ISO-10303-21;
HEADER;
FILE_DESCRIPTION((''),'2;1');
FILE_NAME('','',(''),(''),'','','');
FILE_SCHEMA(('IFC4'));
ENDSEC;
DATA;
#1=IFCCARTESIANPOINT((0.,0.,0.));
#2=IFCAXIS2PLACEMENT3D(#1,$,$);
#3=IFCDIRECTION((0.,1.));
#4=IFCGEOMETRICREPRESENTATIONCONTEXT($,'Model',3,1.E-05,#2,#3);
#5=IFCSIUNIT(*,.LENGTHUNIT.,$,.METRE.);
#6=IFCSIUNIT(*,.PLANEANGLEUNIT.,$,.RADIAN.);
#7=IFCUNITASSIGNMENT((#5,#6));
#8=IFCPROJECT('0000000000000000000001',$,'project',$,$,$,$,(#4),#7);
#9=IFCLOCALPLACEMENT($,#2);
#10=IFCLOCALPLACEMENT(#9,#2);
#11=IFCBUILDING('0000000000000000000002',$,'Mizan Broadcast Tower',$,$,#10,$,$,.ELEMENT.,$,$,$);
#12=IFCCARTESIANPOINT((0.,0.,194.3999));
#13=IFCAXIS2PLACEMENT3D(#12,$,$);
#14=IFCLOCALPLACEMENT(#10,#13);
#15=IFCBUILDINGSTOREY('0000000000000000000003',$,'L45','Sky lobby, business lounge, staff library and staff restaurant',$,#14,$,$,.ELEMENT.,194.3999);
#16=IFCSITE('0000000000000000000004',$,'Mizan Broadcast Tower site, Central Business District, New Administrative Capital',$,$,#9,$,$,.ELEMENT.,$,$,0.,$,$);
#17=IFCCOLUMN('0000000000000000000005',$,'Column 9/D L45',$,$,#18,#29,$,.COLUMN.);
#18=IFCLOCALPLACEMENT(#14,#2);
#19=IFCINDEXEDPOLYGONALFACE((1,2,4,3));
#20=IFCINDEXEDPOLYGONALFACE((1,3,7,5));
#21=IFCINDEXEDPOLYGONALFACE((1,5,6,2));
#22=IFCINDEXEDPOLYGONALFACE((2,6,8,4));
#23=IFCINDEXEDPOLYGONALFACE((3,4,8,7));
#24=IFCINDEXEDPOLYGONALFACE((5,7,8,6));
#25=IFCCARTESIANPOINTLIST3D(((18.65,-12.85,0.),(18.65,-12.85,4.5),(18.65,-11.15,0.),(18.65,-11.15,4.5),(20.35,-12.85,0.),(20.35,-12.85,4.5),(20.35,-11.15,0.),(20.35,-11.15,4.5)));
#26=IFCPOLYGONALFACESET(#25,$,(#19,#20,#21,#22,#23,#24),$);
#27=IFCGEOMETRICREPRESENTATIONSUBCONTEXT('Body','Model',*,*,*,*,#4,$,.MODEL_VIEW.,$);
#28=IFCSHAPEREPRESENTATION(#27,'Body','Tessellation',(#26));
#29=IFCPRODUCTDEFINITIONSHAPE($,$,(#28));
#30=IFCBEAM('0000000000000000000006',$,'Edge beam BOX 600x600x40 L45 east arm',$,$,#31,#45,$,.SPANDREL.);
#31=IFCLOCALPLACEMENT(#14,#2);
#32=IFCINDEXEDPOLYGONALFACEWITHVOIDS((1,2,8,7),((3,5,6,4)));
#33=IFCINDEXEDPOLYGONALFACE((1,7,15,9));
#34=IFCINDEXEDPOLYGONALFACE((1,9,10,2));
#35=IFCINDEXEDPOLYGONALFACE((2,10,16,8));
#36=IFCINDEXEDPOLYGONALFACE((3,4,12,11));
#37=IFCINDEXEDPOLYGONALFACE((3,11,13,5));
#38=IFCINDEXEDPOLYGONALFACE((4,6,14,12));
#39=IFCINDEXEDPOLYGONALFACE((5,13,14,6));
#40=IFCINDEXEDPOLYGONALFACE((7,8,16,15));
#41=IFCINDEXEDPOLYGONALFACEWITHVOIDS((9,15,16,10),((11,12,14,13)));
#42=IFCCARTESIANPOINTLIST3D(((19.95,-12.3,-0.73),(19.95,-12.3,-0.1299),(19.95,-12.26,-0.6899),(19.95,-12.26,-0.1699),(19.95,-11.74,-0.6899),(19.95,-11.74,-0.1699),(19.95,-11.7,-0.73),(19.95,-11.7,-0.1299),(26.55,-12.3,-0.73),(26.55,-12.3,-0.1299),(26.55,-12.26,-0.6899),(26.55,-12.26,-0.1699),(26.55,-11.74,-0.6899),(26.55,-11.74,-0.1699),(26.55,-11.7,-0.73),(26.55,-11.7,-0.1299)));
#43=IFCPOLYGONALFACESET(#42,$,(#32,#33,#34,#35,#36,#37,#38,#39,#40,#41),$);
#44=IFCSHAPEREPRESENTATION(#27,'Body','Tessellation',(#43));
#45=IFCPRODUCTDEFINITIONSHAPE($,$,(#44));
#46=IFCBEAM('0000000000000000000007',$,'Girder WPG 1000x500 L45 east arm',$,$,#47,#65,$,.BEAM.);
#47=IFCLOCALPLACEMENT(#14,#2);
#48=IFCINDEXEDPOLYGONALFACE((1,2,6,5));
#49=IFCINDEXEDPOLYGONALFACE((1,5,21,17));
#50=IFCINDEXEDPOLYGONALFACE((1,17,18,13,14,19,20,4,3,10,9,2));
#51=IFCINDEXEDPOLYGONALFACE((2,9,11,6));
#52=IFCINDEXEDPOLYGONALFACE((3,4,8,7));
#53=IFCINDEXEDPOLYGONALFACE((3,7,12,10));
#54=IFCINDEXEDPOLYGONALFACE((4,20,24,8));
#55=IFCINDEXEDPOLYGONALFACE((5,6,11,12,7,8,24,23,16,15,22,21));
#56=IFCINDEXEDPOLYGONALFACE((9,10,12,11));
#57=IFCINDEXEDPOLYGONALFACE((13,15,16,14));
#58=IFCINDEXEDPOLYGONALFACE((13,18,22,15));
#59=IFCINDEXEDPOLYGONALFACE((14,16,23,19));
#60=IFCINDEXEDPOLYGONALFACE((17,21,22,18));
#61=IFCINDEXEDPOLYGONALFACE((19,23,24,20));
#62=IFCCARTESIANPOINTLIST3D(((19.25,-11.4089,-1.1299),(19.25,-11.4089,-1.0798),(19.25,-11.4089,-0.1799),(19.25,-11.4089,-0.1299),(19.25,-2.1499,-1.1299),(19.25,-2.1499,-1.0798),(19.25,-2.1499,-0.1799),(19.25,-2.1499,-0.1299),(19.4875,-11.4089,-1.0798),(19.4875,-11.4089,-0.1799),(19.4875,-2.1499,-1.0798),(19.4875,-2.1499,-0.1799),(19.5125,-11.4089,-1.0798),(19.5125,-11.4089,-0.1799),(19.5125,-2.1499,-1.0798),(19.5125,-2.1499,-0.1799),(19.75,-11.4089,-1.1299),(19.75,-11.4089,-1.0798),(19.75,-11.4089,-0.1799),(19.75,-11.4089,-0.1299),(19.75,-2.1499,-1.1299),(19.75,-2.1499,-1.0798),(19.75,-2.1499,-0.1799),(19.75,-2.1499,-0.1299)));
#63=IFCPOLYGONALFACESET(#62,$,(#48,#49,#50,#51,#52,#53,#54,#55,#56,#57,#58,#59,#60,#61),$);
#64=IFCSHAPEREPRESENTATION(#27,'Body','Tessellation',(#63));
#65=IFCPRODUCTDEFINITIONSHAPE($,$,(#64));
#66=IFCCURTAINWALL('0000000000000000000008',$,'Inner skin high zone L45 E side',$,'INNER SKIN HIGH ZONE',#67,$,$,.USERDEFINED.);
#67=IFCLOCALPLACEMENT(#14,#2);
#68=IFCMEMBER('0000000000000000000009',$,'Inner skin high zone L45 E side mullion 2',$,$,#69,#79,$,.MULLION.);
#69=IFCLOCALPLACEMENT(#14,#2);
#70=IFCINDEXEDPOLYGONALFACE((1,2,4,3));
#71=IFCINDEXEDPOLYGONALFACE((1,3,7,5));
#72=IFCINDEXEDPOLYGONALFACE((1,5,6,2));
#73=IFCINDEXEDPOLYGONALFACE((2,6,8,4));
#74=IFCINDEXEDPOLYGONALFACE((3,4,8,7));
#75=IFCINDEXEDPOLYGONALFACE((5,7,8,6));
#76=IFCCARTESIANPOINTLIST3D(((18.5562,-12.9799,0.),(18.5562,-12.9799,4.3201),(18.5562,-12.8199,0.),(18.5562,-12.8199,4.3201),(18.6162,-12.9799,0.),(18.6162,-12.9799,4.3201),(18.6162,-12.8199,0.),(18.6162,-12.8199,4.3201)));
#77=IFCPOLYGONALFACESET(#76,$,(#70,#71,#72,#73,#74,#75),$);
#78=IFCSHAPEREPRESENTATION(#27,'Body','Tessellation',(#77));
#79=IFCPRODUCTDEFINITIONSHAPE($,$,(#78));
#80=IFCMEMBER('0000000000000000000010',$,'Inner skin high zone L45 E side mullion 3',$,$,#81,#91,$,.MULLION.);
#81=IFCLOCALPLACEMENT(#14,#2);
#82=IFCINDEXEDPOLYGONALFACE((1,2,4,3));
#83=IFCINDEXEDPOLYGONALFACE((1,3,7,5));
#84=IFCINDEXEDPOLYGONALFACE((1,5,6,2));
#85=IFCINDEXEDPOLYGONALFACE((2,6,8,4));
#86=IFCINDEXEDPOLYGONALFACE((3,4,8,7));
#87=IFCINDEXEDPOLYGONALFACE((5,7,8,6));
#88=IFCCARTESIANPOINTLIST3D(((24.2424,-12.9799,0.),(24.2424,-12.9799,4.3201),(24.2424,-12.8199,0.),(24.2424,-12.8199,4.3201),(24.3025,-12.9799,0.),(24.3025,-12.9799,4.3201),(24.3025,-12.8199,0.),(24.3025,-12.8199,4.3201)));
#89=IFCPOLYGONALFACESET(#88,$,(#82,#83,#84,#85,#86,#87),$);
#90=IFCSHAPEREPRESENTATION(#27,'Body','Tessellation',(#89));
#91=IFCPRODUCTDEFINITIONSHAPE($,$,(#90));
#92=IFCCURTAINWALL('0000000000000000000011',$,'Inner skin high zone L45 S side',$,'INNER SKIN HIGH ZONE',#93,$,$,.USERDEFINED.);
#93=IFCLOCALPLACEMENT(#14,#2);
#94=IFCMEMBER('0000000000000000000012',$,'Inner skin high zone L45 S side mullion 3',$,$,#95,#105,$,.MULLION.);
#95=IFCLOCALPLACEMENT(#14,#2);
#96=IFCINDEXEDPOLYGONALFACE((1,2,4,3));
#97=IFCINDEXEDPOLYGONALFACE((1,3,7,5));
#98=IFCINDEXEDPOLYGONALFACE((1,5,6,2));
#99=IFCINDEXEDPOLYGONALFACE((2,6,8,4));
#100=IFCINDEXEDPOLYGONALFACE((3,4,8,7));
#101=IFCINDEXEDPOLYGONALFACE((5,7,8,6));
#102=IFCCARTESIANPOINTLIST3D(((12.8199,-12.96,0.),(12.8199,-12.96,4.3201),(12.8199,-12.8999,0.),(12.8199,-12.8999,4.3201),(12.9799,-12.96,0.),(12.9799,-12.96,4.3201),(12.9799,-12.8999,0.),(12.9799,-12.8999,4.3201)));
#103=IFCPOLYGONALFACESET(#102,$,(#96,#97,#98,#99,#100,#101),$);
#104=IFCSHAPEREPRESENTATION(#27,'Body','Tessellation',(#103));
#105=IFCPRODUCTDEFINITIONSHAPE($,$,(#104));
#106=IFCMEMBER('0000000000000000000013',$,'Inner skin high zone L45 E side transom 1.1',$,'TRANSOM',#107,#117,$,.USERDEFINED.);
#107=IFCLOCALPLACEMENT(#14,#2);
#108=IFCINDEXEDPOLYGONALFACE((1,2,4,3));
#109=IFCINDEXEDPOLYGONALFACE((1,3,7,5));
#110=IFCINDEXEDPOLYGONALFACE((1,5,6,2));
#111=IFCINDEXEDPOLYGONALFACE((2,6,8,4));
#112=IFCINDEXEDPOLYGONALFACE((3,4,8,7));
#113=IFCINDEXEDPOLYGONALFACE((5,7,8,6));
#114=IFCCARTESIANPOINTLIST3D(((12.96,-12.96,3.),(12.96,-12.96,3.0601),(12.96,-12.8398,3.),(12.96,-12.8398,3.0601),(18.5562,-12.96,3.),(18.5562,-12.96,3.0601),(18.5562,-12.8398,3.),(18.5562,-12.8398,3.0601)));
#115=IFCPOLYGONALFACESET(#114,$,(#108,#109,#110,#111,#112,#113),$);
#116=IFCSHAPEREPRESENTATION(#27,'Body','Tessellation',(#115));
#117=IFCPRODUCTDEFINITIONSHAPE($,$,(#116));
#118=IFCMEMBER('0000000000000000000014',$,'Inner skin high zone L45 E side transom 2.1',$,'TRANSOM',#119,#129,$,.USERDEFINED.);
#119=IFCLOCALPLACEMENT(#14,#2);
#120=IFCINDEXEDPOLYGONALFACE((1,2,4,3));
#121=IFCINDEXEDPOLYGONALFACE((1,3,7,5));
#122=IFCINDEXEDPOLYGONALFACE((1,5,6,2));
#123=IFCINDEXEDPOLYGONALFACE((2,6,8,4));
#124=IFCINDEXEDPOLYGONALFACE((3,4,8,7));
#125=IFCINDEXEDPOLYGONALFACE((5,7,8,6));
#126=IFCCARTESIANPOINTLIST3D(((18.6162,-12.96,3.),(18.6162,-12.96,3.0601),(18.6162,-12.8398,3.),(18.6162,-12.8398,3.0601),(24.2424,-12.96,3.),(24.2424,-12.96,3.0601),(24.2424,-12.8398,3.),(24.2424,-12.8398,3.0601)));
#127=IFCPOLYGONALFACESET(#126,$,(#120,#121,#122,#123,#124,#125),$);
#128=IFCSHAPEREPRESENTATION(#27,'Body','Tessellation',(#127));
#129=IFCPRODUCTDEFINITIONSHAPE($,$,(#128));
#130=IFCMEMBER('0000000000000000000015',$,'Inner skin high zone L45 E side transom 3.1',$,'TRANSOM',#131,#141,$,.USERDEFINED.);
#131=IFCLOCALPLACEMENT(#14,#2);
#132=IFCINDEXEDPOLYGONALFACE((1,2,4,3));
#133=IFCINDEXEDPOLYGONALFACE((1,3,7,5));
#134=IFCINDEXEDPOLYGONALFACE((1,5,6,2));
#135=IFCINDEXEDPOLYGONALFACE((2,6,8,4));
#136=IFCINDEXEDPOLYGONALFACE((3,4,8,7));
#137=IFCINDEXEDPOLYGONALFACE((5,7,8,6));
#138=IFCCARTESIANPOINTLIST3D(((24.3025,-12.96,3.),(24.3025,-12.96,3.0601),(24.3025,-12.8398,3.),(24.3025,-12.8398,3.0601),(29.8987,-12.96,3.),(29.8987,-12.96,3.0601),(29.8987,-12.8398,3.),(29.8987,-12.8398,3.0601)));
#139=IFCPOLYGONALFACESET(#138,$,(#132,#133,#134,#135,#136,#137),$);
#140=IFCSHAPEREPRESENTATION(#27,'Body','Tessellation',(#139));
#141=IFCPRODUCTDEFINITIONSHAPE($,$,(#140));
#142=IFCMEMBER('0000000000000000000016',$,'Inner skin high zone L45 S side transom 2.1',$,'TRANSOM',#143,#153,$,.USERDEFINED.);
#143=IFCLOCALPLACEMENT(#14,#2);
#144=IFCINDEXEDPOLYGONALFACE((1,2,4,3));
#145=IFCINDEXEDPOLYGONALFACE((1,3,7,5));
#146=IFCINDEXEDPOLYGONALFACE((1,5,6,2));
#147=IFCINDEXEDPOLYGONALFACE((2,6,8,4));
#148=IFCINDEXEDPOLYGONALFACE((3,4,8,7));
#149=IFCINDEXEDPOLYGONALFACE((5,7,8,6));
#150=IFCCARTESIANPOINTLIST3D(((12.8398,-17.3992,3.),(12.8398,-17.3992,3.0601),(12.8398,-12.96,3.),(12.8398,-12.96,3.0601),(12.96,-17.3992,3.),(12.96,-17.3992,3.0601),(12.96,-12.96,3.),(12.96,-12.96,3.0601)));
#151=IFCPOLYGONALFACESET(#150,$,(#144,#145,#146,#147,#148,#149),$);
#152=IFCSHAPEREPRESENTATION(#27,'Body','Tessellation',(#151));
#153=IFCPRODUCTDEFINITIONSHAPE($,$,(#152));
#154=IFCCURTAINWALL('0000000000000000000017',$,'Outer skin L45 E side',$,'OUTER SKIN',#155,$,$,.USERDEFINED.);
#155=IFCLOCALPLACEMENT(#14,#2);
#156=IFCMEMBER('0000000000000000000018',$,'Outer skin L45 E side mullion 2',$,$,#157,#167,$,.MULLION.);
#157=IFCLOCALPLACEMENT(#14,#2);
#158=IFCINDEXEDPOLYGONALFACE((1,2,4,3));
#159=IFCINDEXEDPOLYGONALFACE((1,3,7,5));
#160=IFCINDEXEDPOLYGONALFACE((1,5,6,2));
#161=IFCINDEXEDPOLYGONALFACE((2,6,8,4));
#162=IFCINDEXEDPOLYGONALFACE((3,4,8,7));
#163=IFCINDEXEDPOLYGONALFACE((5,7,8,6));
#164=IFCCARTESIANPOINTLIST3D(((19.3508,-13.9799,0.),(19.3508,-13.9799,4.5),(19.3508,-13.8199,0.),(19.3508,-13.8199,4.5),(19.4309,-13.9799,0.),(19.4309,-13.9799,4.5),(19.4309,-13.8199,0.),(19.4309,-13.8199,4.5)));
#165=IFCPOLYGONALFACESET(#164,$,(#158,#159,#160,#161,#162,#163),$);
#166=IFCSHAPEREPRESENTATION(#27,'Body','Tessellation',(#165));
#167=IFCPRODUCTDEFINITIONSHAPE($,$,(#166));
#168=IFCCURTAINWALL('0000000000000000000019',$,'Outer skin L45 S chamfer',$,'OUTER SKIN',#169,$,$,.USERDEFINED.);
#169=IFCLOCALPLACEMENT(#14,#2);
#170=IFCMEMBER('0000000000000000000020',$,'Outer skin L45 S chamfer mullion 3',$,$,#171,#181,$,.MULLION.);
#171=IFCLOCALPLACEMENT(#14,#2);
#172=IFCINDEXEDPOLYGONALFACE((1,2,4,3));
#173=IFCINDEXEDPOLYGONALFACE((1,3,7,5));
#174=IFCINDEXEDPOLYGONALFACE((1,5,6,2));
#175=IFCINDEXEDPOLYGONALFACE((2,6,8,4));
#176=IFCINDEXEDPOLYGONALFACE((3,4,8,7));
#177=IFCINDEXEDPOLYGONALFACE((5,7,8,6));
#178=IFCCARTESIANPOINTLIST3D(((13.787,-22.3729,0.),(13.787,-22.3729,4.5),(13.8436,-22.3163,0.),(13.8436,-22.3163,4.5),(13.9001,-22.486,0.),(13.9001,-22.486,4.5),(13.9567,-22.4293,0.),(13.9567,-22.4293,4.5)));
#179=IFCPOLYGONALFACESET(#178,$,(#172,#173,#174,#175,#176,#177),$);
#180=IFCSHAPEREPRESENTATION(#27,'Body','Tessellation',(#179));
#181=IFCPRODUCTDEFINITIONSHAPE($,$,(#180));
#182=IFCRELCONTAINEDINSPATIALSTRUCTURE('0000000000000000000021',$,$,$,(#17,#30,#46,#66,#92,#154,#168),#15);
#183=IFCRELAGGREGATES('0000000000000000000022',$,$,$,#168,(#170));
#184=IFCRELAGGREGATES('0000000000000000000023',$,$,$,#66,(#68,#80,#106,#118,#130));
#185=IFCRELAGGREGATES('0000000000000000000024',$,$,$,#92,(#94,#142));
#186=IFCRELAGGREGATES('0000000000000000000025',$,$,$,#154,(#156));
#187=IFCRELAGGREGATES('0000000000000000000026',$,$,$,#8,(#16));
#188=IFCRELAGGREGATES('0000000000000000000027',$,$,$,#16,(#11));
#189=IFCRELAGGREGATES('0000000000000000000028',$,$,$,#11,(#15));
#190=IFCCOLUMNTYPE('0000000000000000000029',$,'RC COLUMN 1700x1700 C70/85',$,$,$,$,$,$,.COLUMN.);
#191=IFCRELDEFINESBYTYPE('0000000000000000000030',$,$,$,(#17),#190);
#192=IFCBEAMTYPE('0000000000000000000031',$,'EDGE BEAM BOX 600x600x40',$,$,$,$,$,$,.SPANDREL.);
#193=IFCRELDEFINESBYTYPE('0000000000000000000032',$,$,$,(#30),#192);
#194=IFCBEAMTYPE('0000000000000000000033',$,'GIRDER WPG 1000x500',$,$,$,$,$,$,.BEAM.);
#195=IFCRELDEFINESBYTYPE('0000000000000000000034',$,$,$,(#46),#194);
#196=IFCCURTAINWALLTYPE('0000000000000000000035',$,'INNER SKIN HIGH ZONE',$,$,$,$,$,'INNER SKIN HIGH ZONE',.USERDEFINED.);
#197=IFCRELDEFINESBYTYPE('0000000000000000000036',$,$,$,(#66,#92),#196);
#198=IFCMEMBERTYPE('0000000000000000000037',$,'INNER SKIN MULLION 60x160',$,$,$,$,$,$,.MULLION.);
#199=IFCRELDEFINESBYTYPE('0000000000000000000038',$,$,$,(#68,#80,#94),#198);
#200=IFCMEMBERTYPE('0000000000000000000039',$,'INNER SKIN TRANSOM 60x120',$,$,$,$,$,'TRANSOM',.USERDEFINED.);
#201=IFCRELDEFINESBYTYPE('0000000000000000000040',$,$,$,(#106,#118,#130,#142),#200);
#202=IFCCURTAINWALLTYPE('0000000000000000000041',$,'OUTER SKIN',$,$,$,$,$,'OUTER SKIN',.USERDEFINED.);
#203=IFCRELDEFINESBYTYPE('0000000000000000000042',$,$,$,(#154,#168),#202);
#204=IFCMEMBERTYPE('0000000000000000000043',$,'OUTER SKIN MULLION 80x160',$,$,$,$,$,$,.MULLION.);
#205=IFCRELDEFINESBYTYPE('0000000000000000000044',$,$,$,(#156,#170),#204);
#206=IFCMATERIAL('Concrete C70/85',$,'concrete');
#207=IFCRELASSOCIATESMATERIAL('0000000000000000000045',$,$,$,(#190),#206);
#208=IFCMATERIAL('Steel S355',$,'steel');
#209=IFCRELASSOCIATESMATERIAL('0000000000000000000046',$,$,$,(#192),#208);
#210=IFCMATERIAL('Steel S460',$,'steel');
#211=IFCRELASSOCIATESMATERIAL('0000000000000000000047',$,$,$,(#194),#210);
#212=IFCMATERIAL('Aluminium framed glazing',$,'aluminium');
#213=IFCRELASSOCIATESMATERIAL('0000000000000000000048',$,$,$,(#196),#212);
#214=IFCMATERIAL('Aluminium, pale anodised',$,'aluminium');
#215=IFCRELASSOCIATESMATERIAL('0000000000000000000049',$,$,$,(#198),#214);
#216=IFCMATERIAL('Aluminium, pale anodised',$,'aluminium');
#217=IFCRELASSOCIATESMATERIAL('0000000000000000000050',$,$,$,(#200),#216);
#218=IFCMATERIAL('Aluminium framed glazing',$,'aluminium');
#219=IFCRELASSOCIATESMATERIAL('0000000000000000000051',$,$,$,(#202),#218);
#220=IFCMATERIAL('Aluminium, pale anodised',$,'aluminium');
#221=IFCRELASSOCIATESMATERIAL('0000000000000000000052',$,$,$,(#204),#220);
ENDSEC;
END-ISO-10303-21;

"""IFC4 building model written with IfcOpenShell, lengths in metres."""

from ifc_helpers import new_model, si_unit, direction, frame, origin, origin_2d, place, context, subcontext, project, spatial, rectangle, hollow_rectangle, i_section, extrude, material, material_profile, profile_set, type_object, element, aggregate, save


model = new_model("IFC4")

# Units and contexts
model_context = context("Model", 3, precision=1e-05, world=origin(), true_north=direction((0.0, 1.0)))
body_context = subcontext(model_context, "Body", "Model", "MODEL_VIEW")
ifc_project = project(units=[si_unit("LENGTHUNIT", "METRE"), si_unit("PLANEANGLEUNIT", "RADIAN")], contexts=[model_context])

# Site, building, storey
site_placement = place(None, origin())
site = spatial("IfcSite", under=ifc_project, at=site_placement, Name="Mizan Broadcast Tower site, Central Business District, New Administrative Capital", CompositionType="ELEMENT", RefElevation=0.0)
building_placement = place(site_placement, origin())
building = spatial("IfcBuilding", under=site, at=building_placement, Name="Mizan Broadcast Tower", CompositionType="ELEMENT")
storey_placement = place(building_placement, frame((0.0, 0.0, 194.3999)))
storey = spatial("IfcBuildingStorey", under=building, at=storey_placement, Name="L45", Description="Sky lobby, business lounge, staff library and staff restaurant", CompositionType="ELEMENT", Elevation=194.3999)

# Column
ifc_material_1 = material(Name="Concrete C70/85", Category="concrete")
ifc_material_profile_1 = material_profile(ifc_material_1, rectangle(XDim=1.7, YDim=1.7, at=origin_2d()), Name="RC 1700x1700")
ifc_profile_set_1 = profile_set([ifc_material_profile_1], Name="Concrete C70/85")
column_type = type_object("IfcColumnType", Name="RC COLUMN 1700x1700 C70/85", PredefinedType="COLUMN", material=ifc_profile_set_1)
column_placement = place(storey_placement, frame((19.5, -12.0, 0.0), z_axis=(0.0, 0.0, 1.0), x_axis=(1.0, 0.0, 0.0)))
element("IfcColumn", 1, at=column_placement, inside=storey, type_object=column_type, Name="Column 9/D L45", PredefinedType="COLUMN", context=body_context, shape_type="SweptSolid", body=[
    extrude(rectangle(XDim=1.7, YDim=1.7, at=origin_2d()), origin(), (0.0, 0.0, 1.0), 4.5),
])

# Beams
ifc_material_2 = material(Name="Steel S355", Category="steel")
ifc_material_profile_2 = material_profile(ifc_material_2, hollow_rectangle(XDim=0.6001, YDim=0.6001, WallThickness=0.04, at=origin_2d()), Name="BOX 600x600x40")
ifc_profile_set_2 = profile_set([ifc_material_profile_2], Name="Steel S355")
beam_type_1 = type_object("IfcBeamType", Name="EDGE BEAM BOX 600x600x40", PredefinedType="SPANDREL", material=ifc_profile_set_2)
beam_1_placement = place(storey_placement, frame((19.95, -12.0, -0.4299), z_axis=(1.0, 0.0, 0.0), x_axis=(0.0, 1.0, 0.0)))
element("IfcBeam", 2, at=beam_1_placement, inside=storey, type_object=beam_type_1, Name="Edge beam BOX 600x600x40 L45 east arm", PredefinedType="SPANDREL", context=body_context, shape_type="SweptSolid", body=[
    extrude(hollow_rectangle(XDim=0.6001, YDim=0.6001, WallThickness=0.04, at=origin_2d()), origin(), (0.0, 0.0, 1.0), 6.6001),
])
ifc_material_3 = material(Name="Steel S460", Category="steel")
ifc_material_profile_3 = material_profile(ifc_material_3, i_section(OverallWidth=0.5, OverallDepth=1.0, WebThickness=0.0249, FlangeThickness=0.05, at=origin_2d()), Name="WPG 1000x500")
ifc_profile_set_3 = profile_set([ifc_material_profile_3], Name="Steel S460")
beam_type_2 = type_object("IfcBeamType", Name="GIRDER WPG 1000x500", PredefinedType="BEAM", material=ifc_profile_set_3)
beam_2_placement = place(storey_placement, frame((19.5, -11.4089, -0.6299), z_axis=(0.0, 1.0, 0.0), x_axis=(-1.0, 0.0, 0.0)))
element("IfcBeam", 3, at=beam_2_placement, inside=storey, type_object=beam_type_2, Name="Girder WPG 1000x500 L45 east arm", PredefinedType="BEAM", context=body_context, shape_type="SweptSolid", body=[
    extrude(i_section(OverallWidth=0.5, OverallDepth=1.0, WebThickness=0.0249, FlangeThickness=0.05, at=origin_2d()), origin(), (0.0, 0.0, 1.0), 9.259),
])

# Curtain wall, members
ifc_material_4 = material(Name="Aluminium framed glazing", Category="aluminium")
curtain_wall_type_1 = type_object("IfcCurtainWallType", Name="INNER SKIN HIGH ZONE", ElementType="INNER SKIN HIGH ZONE", PredefinedType="USERDEFINED", material=ifc_material_4)
curtain_wall_1_placement = place(storey_placement, origin())
curtain_wall_1 = element("IfcCurtainWall", 4, at=curtain_wall_1_placement, inside=storey, type_object=curtain_wall_type_1, Name="Inner skin high zone L45 E side", ObjectType="INNER SKIN HIGH ZONE", PredefinedType="USERDEFINED")
ifc_material_5 = material(Name="Aluminium, pale anodised", Category="aluminium")
ifc_material_profile_4 = material_profile(ifc_material_5, rectangle(XDim=0.1599, YDim=0.0601, at=origin_2d()), Name="MULLION 160x60")
ifc_profile_set_4 = profile_set([ifc_material_profile_4], Name="Aluminium, pale anodised")
member_type_1 = type_object("IfcMemberType", Name="INNER SKIN MULLION 60x160", PredefinedType="MULLION", material=ifc_profile_set_4)
member_1_placement = place(storey_placement, frame((18.5862, -12.8999, 0.0), z_axis=(0.0, 0.0, 1.0), x_axis=(0.0, 1.0, 0.0)))
member_1 = element("IfcMember", 5, at=member_1_placement, type_object=member_type_1, Name="Inner skin high zone L45 E side mullion 2", PredefinedType="MULLION", context=body_context, shape_type="SweptSolid", body=[
    extrude(rectangle(XDim=0.1599, YDim=0.0601, at=origin_2d()), origin(), (0.0, 0.0, 1.0), 4.3201),
])
member_2_placement = place(storey_placement, frame((24.2725, -12.8999, 0.0), z_axis=(0.0, 0.0, 1.0), x_axis=(0.0, 1.0, 0.0)))
member_2 = element("IfcMember", 6, at=member_2_placement, type_object=member_type_1, Name="Inner skin high zone L45 E side mullion 3", PredefinedType="MULLION", context=body_context, shape_type="SweptSolid", body=[
    extrude(rectangle(XDim=0.1599, YDim=0.0601, at=origin_2d()), origin(), (0.0, 0.0, 1.0), 4.3201),
])

# Curtain wall, member
curtain_wall_2_placement = place(storey_placement, origin())
curtain_wall_2 = element("IfcCurtainWall", 7, at=curtain_wall_2_placement, inside=storey, type_object=curtain_wall_type_1, Name="Inner skin high zone L45 S side", ObjectType="INNER SKIN HIGH ZONE", PredefinedType="USERDEFINED")
member_3_placement = place(storey_placement, frame((12.8999, -12.9299, 0.0), z_axis=(0.0, 0.0, 1.0), x_axis=(-1.0, 0.0, 0.0)))
member_3 = element("IfcMember", 8, at=member_3_placement, type_object=member_type_1, Name="Inner skin high zone L45 S side mullion 3", PredefinedType="MULLION", context=body_context, shape_type="SweptSolid", body=[
    extrude(rectangle(XDim=0.1599, YDim=0.0601, at=origin_2d()), origin(), (0.0, 0.0, 1.0), 4.3201),
])

# Members
ifc_material_6 = material(Name="Aluminium, pale anodised", Category="aluminium")
ifc_material_profile_5 = material_profile(ifc_material_6, rectangle(XDim=0.1201, YDim=0.0601, at=origin_2d()), Name="TRANSOM 120x60")
ifc_profile_set_5 = profile_set([ifc_material_profile_5], Name="Aluminium, pale anodised")
member_type_2 = type_object("IfcMemberType", Name="INNER SKIN TRANSOM 60x120", ElementType="TRANSOM", PredefinedType="USERDEFINED", material=ifc_profile_set_5)
member_4_placement = place(storey_placement, frame((12.96, -12.8999, 3.03), z_axis=(1.0, 0.0, 0.0), x_axis=(0.0, 1.0, 0.0)))
member_4 = element("IfcMember", 9, at=member_4_placement, type_object=member_type_2, Name="Inner skin high zone L45 E side transom 1.1", ObjectType="TRANSOM", PredefinedType="USERDEFINED", context=body_context, shape_type="SweptSolid", body=[
    extrude(rectangle(XDim=0.1201, YDim=0.0601, at=origin_2d()), origin(), (0.0, 0.0, 1.0), 5.5962),
])
member_5_placement = place(storey_placement, frame((18.6162, -12.8999, 3.03), z_axis=(1.0, 0.0, 0.0), x_axis=(0.0, 1.0, 0.0)))
member_5 = element("IfcMember", 10, at=member_5_placement, type_object=member_type_2, Name="Inner skin high zone L45 E side transom 2.1", ObjectType="TRANSOM", PredefinedType="USERDEFINED", context=body_context, shape_type="SweptSolid", body=[
    extrude(rectangle(XDim=0.1201, YDim=0.0601, at=origin_2d()), origin(), (0.0, 0.0, 1.0), 5.6262),
])
member_6_placement = place(storey_placement, frame((24.3025, -12.8999, 3.03), z_axis=(1.0, 0.0, 0.0), x_axis=(0.0, 1.0, 0.0)))
member_6 = element("IfcMember", 11, at=member_6_placement, type_object=member_type_2, Name="Inner skin high zone L45 E side transom 3.1", ObjectType="TRANSOM", PredefinedType="USERDEFINED", context=body_context, shape_type="SweptSolid", body=[
    extrude(rectangle(XDim=0.1201, YDim=0.0601, at=origin_2d()), origin(), (0.0, 0.0, 1.0), 5.5962),
])
member_7_placement = place(storey_placement, frame((12.8999, -17.3992, 3.03), z_axis=(0.0, 1.0, 0.0), x_axis=(-1.0, 0.0, 0.0)))
member_7 = element("IfcMember", 12, at=member_7_placement, type_object=member_type_2, Name="Inner skin high zone L45 S side transom 2.1", ObjectType="TRANSOM", PredefinedType="USERDEFINED", context=body_context, shape_type="SweptSolid", body=[
    extrude(rectangle(XDim=0.1201, YDim=0.0601, at=origin_2d()), origin(), (0.0, 0.0, 1.0), 4.4392),
])

# Curtain walls, members
ifc_material_7 = material(Name="Aluminium framed glazing", Category="aluminium")
curtain_wall_type_2 = type_object("IfcCurtainWallType", Name="OUTER SKIN", ElementType="OUTER SKIN", PredefinedType="USERDEFINED", material=ifc_material_7)
curtain_wall_3_placement = place(storey_placement, origin())
curtain_wall_3 = element("IfcCurtainWall", 13, at=curtain_wall_3_placement, inside=storey, type_object=curtain_wall_type_2, Name="Outer skin L45 E side", ObjectType="OUTER SKIN", PredefinedType="USERDEFINED")
ifc_material_8 = material(Name="Aluminium, pale anodised", Category="aluminium")
ifc_material_profile_6 = material_profile(ifc_material_8, rectangle(XDim=0.1599, YDim=0.0801, at=origin_2d()), Name="MULLION 160x80")
ifc_profile_set_6 = profile_set([ifc_material_profile_6], Name="Aluminium, pale anodised")
member_type_3 = type_object("IfcMemberType", Name="OUTER SKIN MULLION 80x160", PredefinedType="MULLION", material=ifc_profile_set_6)
member_8_placement = place(storey_placement, frame((19.3909, -13.8999, 0.0), z_axis=(0.0, 0.0, 1.0), x_axis=(0.0, 1.0, 0.0)))
member_8 = element("IfcMember", 14, at=member_8_placement, type_object=member_type_3, Name="Outer skin L45 E side mullion 2", PredefinedType="MULLION", context=body_context, shape_type="SweptSolid", body=[
    extrude(rectangle(XDim=0.1599, YDim=0.0801, at=origin_2d()), origin(), (0.0, 0.0, 1.0), 4.5),
])
curtain_wall_4_placement = place(storey_placement, origin())
curtain_wall_4 = element("IfcCurtainWall", 15, at=curtain_wall_4_placement, inside=storey, type_object=curtain_wall_type_2, Name="Outer skin L45 S chamfer", ObjectType="OUTER SKIN", PredefinedType="USERDEFINED")
member_9_placement = place(storey_placement, frame((13.8718, -22.4011, 0.0), z_axis=(0.0, 0.0, 1.0), x_axis=(-0.707107, 0.707107, 0.0)))
member_9 = element("IfcMember", 16, at=member_9_placement, type_object=member_type_3, Name="Outer skin L45 S chamfer mullion 3", PredefinedType="MULLION", context=body_context, shape_type="SweptSolid", body=[
    extrude(rectangle(XDim=0.1599, YDim=0.0801, at=origin_2d()), origin(), (0.0, 0.0, 1.0), 4.5),
])
aggregate(curtain_wall_4, [member_9])

aggregate(curtain_wall_1, [member_1, member_2, member_4, member_5, member_6])
aggregate(curtain_wall_2, [member_3, member_7])
aggregate(curtain_wall_3, [member_8])

save(model, "model.ifc")
